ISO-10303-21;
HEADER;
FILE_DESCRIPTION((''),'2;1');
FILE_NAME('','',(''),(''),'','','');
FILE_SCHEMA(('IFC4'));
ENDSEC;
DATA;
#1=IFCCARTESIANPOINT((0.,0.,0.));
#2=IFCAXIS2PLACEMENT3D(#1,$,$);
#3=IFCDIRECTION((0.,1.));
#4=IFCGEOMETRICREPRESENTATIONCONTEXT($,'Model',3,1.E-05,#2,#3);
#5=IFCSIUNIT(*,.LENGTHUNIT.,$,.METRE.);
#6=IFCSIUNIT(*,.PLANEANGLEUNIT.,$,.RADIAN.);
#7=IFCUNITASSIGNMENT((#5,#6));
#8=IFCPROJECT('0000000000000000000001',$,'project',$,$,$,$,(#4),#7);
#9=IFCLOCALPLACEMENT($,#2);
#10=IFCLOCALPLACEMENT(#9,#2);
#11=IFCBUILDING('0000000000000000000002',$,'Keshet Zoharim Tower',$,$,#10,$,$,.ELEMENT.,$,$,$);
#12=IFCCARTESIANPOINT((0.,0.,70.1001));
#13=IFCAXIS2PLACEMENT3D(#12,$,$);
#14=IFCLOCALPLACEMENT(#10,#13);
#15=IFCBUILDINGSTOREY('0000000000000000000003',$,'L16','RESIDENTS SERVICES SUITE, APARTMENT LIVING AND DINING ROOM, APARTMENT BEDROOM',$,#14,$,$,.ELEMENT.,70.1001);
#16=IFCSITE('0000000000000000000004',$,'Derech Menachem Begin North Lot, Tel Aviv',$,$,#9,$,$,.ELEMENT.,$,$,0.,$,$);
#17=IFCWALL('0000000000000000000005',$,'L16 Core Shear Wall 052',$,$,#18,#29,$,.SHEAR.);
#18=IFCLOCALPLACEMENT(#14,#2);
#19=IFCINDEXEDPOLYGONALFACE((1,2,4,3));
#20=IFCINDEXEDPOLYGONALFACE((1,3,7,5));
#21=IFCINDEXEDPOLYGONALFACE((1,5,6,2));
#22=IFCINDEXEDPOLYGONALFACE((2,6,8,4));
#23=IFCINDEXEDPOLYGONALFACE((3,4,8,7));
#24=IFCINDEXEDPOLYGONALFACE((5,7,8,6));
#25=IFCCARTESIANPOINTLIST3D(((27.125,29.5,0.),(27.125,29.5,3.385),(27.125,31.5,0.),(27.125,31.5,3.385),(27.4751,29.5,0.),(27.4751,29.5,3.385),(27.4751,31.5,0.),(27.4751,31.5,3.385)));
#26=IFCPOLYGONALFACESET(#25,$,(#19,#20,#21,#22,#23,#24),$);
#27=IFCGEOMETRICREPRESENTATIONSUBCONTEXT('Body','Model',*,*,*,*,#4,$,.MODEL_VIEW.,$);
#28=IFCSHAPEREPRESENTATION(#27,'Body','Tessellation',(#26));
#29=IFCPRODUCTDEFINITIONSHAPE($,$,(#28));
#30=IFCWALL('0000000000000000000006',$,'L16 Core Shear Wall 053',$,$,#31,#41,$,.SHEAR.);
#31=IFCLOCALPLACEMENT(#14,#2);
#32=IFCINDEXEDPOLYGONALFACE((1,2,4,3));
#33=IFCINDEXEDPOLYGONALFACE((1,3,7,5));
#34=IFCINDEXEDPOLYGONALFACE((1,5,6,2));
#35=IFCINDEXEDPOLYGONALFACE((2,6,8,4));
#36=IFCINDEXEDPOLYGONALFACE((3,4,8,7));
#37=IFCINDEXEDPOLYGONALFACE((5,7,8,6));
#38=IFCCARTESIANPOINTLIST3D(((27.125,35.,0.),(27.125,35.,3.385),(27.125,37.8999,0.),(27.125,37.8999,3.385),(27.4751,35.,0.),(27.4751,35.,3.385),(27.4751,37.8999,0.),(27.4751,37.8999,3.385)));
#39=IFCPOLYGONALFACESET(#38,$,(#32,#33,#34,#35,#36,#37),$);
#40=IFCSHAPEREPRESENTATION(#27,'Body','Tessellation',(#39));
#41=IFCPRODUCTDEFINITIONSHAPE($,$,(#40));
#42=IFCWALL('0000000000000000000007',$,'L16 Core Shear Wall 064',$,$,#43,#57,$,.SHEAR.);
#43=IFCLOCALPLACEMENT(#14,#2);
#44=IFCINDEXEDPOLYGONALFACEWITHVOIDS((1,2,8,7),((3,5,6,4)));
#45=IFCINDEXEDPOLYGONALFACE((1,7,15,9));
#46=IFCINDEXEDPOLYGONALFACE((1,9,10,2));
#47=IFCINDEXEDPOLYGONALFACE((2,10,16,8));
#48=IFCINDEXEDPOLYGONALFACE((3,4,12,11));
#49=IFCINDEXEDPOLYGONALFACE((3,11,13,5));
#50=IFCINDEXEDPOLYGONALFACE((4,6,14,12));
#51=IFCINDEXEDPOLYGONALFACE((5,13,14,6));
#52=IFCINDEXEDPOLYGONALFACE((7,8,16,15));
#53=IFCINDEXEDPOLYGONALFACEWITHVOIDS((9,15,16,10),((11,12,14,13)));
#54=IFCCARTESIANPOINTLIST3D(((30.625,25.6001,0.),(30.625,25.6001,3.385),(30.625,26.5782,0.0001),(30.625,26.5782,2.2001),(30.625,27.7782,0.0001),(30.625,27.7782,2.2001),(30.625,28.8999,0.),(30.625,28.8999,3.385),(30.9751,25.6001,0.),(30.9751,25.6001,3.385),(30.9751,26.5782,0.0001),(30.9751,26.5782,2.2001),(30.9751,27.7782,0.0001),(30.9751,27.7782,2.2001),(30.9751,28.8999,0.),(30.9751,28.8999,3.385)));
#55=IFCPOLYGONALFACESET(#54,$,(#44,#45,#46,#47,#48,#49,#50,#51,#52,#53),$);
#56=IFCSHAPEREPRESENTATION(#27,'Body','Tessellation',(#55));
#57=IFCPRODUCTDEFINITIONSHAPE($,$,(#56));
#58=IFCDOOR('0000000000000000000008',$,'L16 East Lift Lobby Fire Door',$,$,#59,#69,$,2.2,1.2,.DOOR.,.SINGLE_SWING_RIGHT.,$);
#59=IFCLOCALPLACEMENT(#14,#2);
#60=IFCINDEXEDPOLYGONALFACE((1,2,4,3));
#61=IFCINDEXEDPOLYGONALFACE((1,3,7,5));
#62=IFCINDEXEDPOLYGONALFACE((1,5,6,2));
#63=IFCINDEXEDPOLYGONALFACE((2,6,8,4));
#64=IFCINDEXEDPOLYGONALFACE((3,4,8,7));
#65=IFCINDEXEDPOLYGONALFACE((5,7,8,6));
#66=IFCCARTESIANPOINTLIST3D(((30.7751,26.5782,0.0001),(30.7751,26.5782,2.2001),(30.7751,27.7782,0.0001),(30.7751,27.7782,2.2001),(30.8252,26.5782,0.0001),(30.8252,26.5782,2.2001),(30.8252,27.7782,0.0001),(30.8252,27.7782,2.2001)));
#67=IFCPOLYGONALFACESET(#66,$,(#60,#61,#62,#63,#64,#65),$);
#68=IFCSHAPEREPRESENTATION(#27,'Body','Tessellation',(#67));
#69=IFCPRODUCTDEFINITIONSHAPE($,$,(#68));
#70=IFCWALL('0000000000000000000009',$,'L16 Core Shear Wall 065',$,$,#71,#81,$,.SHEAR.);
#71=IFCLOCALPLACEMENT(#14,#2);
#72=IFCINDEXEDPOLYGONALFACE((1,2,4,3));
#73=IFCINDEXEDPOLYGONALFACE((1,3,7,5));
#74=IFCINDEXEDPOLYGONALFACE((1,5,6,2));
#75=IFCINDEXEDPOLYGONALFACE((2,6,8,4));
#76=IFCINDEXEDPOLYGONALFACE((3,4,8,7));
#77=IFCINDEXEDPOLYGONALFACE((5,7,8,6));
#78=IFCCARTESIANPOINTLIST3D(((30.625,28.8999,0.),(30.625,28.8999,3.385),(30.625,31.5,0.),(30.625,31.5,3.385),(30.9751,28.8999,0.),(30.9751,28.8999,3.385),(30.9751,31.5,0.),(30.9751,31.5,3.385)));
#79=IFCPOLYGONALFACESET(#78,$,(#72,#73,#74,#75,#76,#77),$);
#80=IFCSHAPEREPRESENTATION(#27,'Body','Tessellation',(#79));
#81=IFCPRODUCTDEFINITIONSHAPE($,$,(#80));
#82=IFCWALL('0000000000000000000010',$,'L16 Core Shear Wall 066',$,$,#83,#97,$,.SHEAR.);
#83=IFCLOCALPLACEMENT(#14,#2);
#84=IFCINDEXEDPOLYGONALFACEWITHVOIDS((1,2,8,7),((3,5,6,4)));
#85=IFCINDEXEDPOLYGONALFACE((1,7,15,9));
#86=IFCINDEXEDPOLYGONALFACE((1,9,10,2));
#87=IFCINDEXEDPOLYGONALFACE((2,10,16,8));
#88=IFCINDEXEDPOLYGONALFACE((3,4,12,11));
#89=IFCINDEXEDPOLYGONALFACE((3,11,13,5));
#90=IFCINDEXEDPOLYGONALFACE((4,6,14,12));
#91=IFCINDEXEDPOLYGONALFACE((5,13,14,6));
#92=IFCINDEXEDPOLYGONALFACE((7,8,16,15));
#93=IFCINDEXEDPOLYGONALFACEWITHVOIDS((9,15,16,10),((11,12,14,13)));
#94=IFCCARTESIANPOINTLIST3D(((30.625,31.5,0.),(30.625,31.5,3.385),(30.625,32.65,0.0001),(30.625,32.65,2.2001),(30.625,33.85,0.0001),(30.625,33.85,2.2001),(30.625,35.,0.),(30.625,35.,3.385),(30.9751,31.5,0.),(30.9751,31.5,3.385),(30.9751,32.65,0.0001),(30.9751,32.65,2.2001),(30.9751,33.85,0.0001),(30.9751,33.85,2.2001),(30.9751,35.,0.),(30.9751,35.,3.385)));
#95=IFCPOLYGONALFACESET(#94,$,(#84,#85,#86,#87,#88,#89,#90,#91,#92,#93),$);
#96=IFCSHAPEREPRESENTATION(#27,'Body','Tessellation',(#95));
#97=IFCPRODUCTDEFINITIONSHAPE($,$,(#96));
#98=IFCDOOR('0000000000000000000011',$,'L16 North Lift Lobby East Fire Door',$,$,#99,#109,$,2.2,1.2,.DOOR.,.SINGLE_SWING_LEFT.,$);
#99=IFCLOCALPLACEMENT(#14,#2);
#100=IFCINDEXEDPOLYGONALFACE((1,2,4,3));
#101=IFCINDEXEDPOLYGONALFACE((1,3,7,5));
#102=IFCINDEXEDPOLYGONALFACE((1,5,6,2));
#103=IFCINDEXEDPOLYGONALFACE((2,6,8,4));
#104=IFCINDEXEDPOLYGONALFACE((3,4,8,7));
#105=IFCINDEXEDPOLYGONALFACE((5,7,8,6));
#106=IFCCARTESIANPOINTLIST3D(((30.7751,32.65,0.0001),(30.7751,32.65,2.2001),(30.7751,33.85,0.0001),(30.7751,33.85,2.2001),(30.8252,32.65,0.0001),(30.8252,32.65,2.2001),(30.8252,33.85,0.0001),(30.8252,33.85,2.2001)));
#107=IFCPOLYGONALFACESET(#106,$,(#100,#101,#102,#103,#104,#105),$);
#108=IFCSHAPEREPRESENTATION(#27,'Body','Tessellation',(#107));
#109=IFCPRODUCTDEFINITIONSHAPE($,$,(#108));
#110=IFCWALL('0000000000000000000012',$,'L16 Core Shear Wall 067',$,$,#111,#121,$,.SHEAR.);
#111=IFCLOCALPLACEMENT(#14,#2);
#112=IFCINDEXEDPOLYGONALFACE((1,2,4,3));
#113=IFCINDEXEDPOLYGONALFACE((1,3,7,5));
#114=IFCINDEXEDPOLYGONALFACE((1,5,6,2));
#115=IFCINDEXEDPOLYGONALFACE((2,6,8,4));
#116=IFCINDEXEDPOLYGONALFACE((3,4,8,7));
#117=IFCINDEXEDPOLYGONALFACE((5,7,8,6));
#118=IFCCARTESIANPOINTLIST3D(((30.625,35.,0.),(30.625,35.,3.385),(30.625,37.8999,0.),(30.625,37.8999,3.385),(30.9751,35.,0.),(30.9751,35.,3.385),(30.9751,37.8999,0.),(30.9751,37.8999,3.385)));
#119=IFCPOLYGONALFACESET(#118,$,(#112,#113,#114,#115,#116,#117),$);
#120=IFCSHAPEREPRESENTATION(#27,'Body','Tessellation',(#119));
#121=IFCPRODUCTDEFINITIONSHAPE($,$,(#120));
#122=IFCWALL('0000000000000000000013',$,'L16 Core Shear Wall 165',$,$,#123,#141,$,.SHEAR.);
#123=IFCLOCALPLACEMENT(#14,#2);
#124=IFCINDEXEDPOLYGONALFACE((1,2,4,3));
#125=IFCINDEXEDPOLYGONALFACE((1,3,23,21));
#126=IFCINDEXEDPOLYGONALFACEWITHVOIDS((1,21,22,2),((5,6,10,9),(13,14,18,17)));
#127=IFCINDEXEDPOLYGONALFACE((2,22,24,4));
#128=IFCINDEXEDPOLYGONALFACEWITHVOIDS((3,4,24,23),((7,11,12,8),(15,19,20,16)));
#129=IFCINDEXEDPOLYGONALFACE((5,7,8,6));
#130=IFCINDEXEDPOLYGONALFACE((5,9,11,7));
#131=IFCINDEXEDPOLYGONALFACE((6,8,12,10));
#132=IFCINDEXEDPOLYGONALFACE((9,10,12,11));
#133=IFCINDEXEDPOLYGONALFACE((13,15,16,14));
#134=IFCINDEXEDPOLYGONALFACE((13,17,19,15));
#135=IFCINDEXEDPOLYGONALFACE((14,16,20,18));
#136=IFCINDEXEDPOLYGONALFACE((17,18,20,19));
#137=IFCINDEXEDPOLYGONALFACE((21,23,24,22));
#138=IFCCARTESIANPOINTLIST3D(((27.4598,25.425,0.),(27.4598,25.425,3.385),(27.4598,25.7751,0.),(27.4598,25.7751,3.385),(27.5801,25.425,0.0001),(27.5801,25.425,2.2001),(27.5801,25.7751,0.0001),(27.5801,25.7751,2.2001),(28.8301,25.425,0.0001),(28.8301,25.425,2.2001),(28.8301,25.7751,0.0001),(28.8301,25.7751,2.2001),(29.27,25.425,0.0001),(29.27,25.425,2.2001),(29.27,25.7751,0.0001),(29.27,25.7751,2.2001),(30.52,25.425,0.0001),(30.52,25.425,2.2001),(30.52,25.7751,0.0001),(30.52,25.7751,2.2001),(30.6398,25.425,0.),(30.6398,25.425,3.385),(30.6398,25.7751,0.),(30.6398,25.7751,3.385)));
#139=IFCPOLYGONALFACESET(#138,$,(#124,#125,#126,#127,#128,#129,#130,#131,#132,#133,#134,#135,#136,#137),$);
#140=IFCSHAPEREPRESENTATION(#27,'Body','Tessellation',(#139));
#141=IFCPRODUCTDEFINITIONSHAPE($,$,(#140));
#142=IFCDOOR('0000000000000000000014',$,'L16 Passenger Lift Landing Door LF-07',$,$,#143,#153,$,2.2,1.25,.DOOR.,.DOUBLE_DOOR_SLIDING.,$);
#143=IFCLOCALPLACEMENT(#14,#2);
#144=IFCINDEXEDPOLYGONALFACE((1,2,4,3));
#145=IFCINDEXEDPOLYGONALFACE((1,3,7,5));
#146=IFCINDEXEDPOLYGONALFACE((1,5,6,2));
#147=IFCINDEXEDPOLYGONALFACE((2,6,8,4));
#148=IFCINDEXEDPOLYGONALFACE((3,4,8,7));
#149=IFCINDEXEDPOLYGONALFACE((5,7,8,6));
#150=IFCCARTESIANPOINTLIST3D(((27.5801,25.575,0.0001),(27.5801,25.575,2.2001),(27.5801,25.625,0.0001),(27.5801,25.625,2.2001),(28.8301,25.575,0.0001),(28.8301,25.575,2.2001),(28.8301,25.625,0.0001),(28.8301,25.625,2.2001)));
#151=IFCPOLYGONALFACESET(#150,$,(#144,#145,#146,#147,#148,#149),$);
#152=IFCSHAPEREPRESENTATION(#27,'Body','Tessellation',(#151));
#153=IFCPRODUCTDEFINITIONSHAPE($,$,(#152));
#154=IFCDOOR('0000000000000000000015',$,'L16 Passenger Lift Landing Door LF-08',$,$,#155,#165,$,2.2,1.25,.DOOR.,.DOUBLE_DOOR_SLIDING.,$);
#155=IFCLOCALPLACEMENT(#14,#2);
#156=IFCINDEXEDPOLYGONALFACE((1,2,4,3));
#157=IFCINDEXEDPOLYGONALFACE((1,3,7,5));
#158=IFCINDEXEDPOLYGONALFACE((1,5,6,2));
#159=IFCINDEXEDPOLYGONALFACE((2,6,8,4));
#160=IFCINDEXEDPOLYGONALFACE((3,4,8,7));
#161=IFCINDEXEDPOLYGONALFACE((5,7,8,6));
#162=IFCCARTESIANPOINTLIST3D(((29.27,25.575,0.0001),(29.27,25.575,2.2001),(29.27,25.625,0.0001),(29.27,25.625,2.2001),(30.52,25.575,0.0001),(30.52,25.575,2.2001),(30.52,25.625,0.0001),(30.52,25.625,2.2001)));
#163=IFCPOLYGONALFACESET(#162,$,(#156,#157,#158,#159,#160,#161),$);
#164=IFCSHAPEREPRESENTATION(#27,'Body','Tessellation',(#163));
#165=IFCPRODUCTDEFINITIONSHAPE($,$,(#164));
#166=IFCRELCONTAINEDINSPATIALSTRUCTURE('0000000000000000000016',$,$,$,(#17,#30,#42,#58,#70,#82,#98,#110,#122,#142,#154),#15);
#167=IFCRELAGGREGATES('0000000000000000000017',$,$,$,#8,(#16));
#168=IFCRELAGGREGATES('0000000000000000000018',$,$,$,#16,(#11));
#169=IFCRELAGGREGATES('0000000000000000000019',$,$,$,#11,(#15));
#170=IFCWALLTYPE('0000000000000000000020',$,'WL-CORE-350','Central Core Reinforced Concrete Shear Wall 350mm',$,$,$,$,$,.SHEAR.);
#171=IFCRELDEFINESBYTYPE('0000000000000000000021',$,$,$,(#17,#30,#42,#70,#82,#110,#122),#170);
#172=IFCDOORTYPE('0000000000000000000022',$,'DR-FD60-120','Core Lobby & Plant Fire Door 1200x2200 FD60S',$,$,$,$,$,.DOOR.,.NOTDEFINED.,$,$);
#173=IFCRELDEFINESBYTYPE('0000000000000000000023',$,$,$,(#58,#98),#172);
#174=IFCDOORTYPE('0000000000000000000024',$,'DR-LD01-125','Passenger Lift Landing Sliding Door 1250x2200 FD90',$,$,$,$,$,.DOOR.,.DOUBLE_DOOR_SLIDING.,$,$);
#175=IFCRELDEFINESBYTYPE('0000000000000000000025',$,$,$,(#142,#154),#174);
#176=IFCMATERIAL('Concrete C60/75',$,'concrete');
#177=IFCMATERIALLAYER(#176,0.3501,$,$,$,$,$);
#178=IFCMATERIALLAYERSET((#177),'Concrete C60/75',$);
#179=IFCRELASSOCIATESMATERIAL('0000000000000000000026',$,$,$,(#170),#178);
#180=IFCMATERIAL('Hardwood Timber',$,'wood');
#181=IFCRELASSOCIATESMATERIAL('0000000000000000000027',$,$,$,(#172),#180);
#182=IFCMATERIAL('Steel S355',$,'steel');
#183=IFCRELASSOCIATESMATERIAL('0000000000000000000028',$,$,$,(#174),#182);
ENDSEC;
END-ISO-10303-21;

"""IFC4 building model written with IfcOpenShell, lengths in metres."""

from ifc_helpers import new_model, si_unit, direction, frame, frame_2d, origin, place, context, subcontext, project, spatial, rectangle, extrude, material, layer, layer_set, type_object, element, fill, save


model = new_model("IFC4")

# Units and contexts
model_context = context("Model", 3, precision=1e-05, world=origin(), true_north=direction((0.0, 1.0)))
body_context = subcontext(model_context, "Body", "Model", "MODEL_VIEW")
ifc_project = project(units=[si_unit("LENGTHUNIT", "METRE"), si_unit("PLANEANGLEUNIT", "RADIAN")], contexts=[model_context])

# Site, building, storey
site_placement = place(None, origin())
site = spatial("IfcSite", under=ifc_project, at=site_placement, Name="Derech Menachem Begin North Lot, Tel Aviv", CompositionType="ELEMENT", RefElevation=0.0)
building_placement = place(site_placement, origin())
building = spatial("IfcBuilding", under=site, at=building_placement, Name="Keshet Zoharim Tower", CompositionType="ELEMENT")
storey_placement = place(building_placement, frame((0.0, 0.0, 70.1001)))
storey = spatial("IfcBuildingStorey", under=building, at=storey_placement, Name="L16", Description="RESIDENTS SERVICES SUITE, APARTMENT LIVING AND DINING ROOM, APARTMENT BEDROOM", CompositionType="ELEMENT", Elevation=70.1001)

# Shared definitions
ifc_material_1 = material(Name="Concrete C60/75", Category="concrete")

# Shared definitions
ifc_material_2 = material(Name="Steel S355", Category="steel")

# Walls
ifc_layer_1 = layer(ifc_material_1, 0.3501)
ifc_layer_set_1 = layer_set([ifc_layer_1], Name="Concrete C60/75")
wall_type_1 = type_object("IfcWallType", Name="WL-CORE-350", Description="Central Core Reinforced Concrete Shear Wall 350mm", PredefinedType="SHEAR", material=ifc_layer_set_1)
wall_1_placement = place(storey_placement, frame((27.3, 29.5, 0.0), z_axis=(0.0, 0.0, 1.0), x_axis=(0.0, 1.0, 0.0)))
element("IfcWall", 1, at=wall_1_placement, inside=storey, type_object=wall_type_1, Name="L16 Core Shear Wall 052", PredefinedType="SHEAR", context=body_context, shape_type="SweptSolid", body=[
    extrude(rectangle(XDim=2.0, YDim=0.3501, at=frame_2d((1.0, 0.0))), origin(), (0.0, 0.0, 1.0), 3.385),
])
wall_2_placement = place(storey_placement, frame((27.3, 35.0, 0.0), z_axis=(0.0, 0.0, 1.0), x_axis=(0.0, 1.0, 0.0)))
element("IfcWall", 2, at=wall_2_placement, inside=storey, type_object=wall_type_1, Name="L16 Core Shear Wall 053", PredefinedType="SHEAR", context=body_context, shape_type="SweptSolid", body=[
    extrude(rectangle(XDim=2.8999, YDim=0.3501, at=frame_2d((1.45, 0.0))), origin(), (0.0, 0.0, 1.0), 3.385),
])

# Wall, opening, door
wall_3_placement = place(storey_placement, frame((30.8, 25.6001, 0.0), z_axis=(0.0, 0.0, 1.0), x_axis=(0.0, 1.0, 0.0)))
wall_3 = element("IfcWall", 3, at=wall_3_placement, inside=storey, type_object=wall_type_1, Name="L16 Core Shear Wall 064", PredefinedType="SHEAR", context=body_context, shape_type="SweptSolid", body=[
    extrude(rectangle(XDim=3.2998, YDim=0.3501, at=frame_2d((1.6499, 0.0))), origin(), (0.0, 0.0, 1.0), 3.385),
])
opening_1_placement = place(wall_3_placement, frame((0.978, 0.0, 0.0)))
opening_1 = element("IfcOpeningElement", 4, at=opening_1_placement, cuts=wall_3, PredefinedType="OPENING", context=body_context, shape_type="SweptSolid", body=[
    extrude(rectangle(XDim=1.2, YDim=2.2, at=frame_2d((0.6001, 1.1001))), frame((0.0, 0.1851, 0.0), z_axis=(0.0, -1.0, 0.0), x_axis=(1.0, 0.0, 0.0)), (0.0, 0.0, 1.0), 0.3701),
])
ifc_material_3 = material(Name="Hardwood Timber", Category="wood")
door_type_1 = type_object("IfcDoorType", Name="DR-FD60-120", Description="Core Lobby & Plant Fire Door 1200x2200 FD60S", OperationType="NOTDEFINED", PredefinedType="DOOR", material=ifc_material_3)
door_1_placement = place(opening_1_placement, origin())
door_1 = element("IfcDoor", 5, at=door_1_placement, inside=storey, type_object=door_type_1, Name="L16 East Lift Lobby Fire Door", OperationType="SINGLE_SWING_RIGHT", OverallHeight=2.2, OverallWidth=1.2, PredefinedType="DOOR", context=body_context, shape_type="SweptSolid", body=[
    extrude(rectangle(XDim=1.2, YDim=2.2, at=frame_2d((0.6001, 1.1001))), frame((0.0, 0.0249, 0.0), z_axis=(0.0, -1.0, 0.0), x_axis=(1.0, 0.0, 0.0)), (0.0, 0.0, 1.0), 0.05),
])
fill(opening_1, door_1)

# Wall
wall_4_placement = place(storey_placement, frame((30.8, 28.8999, 0.0), z_axis=(0.0, 0.0, 1.0), x_axis=(0.0, 1.0, 0.0)))
element("IfcWall", 6, at=wall_4_placement, inside=storey, type_object=wall_type_1, Name="L16 Core Shear Wall 065", PredefinedType="SHEAR", context=body_context, shape_type="SweptSolid", body=[
    extrude(rectangle(XDim=2.6001, YDim=0.3501, at=frame_2d((1.3, 0.0))), origin(), (0.0, 0.0, 1.0), 3.385),
])

# Wall, opening, door
wall_5_placement = place(storey_placement, frame((30.8, 31.5, 0.0), z_axis=(0.0, 0.0, 1.0), x_axis=(0.0, 1.0, 0.0)))
wall_5 = element("IfcWall", 7, at=wall_5_placement, inside=storey, type_object=wall_type_1, Name="L16 Core Shear Wall 066", PredefinedType="SHEAR", context=body_context, shape_type="SweptSolid", body=[
    extrude(rectangle(XDim=3.5, YDim=0.3501, at=frame_2d((1.75, 0.0))), origin(), (0.0, 0.0, 1.0), 3.385),
])
opening_2_placement = place(wall_5_placement, frame((1.1499, 0.0, 0.0)))
opening_2 = element("IfcOpeningElement", 8, at=opening_2_placement, cuts=wall_5, PredefinedType="OPENING", context=body_context, shape_type="SweptSolid", body=[
    extrude(rectangle(XDim=1.2, YDim=2.2, at=frame_2d((0.6001, 1.1001))), frame((0.0, 0.1851, 0.0), z_axis=(0.0, -1.0, 0.0), x_axis=(1.0, 0.0, 0.0)), (0.0, 0.0, 1.0), 0.3701),
])
door_2_placement = place(opening_2_placement, origin())
door_2 = element("IfcDoor", 9, at=door_2_placement, inside=storey, type_object=door_type_1, Name="L16 North Lift Lobby East Fire Door", OperationType="SINGLE_SWING_LEFT", OverallHeight=2.2, OverallWidth=1.2, PredefinedType="DOOR", context=body_context, shape_type="SweptSolid", body=[
    extrude(rectangle(XDim=1.2, YDim=2.2, at=frame_2d((0.6001, 1.1001))), frame((0.0, 0.0249, 0.0), z_axis=(0.0, -1.0, 0.0), x_axis=(1.0, 0.0, 0.0)), (0.0, 0.0, 1.0), 0.05),
])
fill(opening_2, door_2)

# Wall
wall_6_placement = place(storey_placement, frame((30.8, 35.0, 0.0), z_axis=(0.0, 0.0, 1.0), x_axis=(0.0, 1.0, 0.0)))
element("IfcWall", 10, at=wall_6_placement, inside=storey, type_object=wall_type_1, Name="L16 Core Shear Wall 067", PredefinedType="SHEAR", context=body_context, shape_type="SweptSolid", body=[
    extrude(rectangle(XDim=2.8999, YDim=0.3501, at=frame_2d((1.45, 0.0))), origin(), (0.0, 0.0, 1.0), 3.385),
])

# Wall, openings, doors
wall_7_placement = place(storey_placement, frame((27.46, 25.6001, 0.0), z_axis=(0.0, 0.0, 1.0), x_axis=(1.0, 0.0, 0.0)))
wall_7 = element("IfcWall", 11, at=wall_7_placement, inside=storey, type_object=wall_type_1, Name="L16 Core Shear Wall 165", PredefinedType="SHEAR", context=body_context, shape_type="SweptSolid", body=[
    extrude(rectangle(XDim=3.1799, YDim=0.3501, at=frame_2d((1.5898, 0.0))), origin(), (0.0, 0.0, 1.0), 3.385),
])
opening_3_placement = place(wall_7_placement, frame((0.1201, 0.0, 0.0)))
opening_3 = element("IfcOpeningElement", 12, at=opening_3_placement, cuts=wall_7, PredefinedType="OPENING", context=body_context, shape_type="SweptSolid", body=[
    extrude(rectangle(XDim=1.25, YDim=2.2, at=frame_2d((0.625, 1.1001))), frame((0.0, 0.1851, 0.0), z_axis=(0.0, -1.0, 0.0), x_axis=(1.0, 0.0, 0.0)), (0.0, 0.0, 1.0), 0.3701),
])
opening_4_placement = place(wall_7_placement, frame((1.8101, 0.0, 0.0)))
opening_4 = element("IfcOpeningElement", 13, at=opening_4_placement, cuts=wall_7, PredefinedType="OPENING", context=body_context, shape_type="SweptSolid", body=[
    extrude(rectangle(XDim=1.25, YDim=2.2, at=frame_2d((0.625, 1.1001))), frame((0.0, 0.1851, 0.0), z_axis=(0.0, -1.0, 0.0), x_axis=(1.0, 0.0, 0.0)), (0.0, 0.0, 1.0), 0.3701),
])
door_type_2 = type_object("IfcDoorType", Name="DR-LD01-125", Description="Passenger Lift Landing Sliding Door 1250x2200 FD90", OperationType="DOUBLE_DOOR_SLIDING", PredefinedType="DOOR", material=ifc_material_2)
door_3_placement = place(opening_3_placement, origin())
door_3 = element("IfcDoor", 14, at=door_3_placement, inside=storey, type_object=door_type_2, Name="L16 Passenger Lift Landing Door LF-07", OperationType="DOUBLE_DOOR_SLIDING", OverallHeight=2.2, OverallWidth=1.25, PredefinedType="DOOR", context=body_context, shape_type="SweptSolid", body=[
    extrude(rectangle(XDim=1.25, YDim=2.2, at=frame_2d((0.625, 1.1001))), frame((0.0, 0.0249, 0.0), z_axis=(0.0, -1.0, 0.0), x_axis=(1.0, 0.0, 0.0)), (0.0, 0.0, 1.0), 0.05),
])
fill(opening_3, door_3)
door_4_placement = place(opening_4_placement, origin())
door_4 = element("IfcDoor", 15, at=door_4_placement, inside=storey, type_object=door_type_2, Name="L16 Passenger Lift Landing Door LF-08", OperationType="DOUBLE_DOOR_SLIDING", OverallHeight=2.2, OverallWidth=1.25, PredefinedType="DOOR", context=body_context, shape_type="SweptSolid", body=[
    extrude(rectangle(XDim=1.25, YDim=2.2, at=frame_2d((0.625, 1.1001))), frame((0.0, 0.0249, 0.0), z_axis=(0.0, -1.0, 0.0), x_axis=(1.0, 0.0, 0.0)), (0.0, 0.0, 1.0), 0.05),
])
fill(opening_4, door_4)

save(model, "model.ifc")
